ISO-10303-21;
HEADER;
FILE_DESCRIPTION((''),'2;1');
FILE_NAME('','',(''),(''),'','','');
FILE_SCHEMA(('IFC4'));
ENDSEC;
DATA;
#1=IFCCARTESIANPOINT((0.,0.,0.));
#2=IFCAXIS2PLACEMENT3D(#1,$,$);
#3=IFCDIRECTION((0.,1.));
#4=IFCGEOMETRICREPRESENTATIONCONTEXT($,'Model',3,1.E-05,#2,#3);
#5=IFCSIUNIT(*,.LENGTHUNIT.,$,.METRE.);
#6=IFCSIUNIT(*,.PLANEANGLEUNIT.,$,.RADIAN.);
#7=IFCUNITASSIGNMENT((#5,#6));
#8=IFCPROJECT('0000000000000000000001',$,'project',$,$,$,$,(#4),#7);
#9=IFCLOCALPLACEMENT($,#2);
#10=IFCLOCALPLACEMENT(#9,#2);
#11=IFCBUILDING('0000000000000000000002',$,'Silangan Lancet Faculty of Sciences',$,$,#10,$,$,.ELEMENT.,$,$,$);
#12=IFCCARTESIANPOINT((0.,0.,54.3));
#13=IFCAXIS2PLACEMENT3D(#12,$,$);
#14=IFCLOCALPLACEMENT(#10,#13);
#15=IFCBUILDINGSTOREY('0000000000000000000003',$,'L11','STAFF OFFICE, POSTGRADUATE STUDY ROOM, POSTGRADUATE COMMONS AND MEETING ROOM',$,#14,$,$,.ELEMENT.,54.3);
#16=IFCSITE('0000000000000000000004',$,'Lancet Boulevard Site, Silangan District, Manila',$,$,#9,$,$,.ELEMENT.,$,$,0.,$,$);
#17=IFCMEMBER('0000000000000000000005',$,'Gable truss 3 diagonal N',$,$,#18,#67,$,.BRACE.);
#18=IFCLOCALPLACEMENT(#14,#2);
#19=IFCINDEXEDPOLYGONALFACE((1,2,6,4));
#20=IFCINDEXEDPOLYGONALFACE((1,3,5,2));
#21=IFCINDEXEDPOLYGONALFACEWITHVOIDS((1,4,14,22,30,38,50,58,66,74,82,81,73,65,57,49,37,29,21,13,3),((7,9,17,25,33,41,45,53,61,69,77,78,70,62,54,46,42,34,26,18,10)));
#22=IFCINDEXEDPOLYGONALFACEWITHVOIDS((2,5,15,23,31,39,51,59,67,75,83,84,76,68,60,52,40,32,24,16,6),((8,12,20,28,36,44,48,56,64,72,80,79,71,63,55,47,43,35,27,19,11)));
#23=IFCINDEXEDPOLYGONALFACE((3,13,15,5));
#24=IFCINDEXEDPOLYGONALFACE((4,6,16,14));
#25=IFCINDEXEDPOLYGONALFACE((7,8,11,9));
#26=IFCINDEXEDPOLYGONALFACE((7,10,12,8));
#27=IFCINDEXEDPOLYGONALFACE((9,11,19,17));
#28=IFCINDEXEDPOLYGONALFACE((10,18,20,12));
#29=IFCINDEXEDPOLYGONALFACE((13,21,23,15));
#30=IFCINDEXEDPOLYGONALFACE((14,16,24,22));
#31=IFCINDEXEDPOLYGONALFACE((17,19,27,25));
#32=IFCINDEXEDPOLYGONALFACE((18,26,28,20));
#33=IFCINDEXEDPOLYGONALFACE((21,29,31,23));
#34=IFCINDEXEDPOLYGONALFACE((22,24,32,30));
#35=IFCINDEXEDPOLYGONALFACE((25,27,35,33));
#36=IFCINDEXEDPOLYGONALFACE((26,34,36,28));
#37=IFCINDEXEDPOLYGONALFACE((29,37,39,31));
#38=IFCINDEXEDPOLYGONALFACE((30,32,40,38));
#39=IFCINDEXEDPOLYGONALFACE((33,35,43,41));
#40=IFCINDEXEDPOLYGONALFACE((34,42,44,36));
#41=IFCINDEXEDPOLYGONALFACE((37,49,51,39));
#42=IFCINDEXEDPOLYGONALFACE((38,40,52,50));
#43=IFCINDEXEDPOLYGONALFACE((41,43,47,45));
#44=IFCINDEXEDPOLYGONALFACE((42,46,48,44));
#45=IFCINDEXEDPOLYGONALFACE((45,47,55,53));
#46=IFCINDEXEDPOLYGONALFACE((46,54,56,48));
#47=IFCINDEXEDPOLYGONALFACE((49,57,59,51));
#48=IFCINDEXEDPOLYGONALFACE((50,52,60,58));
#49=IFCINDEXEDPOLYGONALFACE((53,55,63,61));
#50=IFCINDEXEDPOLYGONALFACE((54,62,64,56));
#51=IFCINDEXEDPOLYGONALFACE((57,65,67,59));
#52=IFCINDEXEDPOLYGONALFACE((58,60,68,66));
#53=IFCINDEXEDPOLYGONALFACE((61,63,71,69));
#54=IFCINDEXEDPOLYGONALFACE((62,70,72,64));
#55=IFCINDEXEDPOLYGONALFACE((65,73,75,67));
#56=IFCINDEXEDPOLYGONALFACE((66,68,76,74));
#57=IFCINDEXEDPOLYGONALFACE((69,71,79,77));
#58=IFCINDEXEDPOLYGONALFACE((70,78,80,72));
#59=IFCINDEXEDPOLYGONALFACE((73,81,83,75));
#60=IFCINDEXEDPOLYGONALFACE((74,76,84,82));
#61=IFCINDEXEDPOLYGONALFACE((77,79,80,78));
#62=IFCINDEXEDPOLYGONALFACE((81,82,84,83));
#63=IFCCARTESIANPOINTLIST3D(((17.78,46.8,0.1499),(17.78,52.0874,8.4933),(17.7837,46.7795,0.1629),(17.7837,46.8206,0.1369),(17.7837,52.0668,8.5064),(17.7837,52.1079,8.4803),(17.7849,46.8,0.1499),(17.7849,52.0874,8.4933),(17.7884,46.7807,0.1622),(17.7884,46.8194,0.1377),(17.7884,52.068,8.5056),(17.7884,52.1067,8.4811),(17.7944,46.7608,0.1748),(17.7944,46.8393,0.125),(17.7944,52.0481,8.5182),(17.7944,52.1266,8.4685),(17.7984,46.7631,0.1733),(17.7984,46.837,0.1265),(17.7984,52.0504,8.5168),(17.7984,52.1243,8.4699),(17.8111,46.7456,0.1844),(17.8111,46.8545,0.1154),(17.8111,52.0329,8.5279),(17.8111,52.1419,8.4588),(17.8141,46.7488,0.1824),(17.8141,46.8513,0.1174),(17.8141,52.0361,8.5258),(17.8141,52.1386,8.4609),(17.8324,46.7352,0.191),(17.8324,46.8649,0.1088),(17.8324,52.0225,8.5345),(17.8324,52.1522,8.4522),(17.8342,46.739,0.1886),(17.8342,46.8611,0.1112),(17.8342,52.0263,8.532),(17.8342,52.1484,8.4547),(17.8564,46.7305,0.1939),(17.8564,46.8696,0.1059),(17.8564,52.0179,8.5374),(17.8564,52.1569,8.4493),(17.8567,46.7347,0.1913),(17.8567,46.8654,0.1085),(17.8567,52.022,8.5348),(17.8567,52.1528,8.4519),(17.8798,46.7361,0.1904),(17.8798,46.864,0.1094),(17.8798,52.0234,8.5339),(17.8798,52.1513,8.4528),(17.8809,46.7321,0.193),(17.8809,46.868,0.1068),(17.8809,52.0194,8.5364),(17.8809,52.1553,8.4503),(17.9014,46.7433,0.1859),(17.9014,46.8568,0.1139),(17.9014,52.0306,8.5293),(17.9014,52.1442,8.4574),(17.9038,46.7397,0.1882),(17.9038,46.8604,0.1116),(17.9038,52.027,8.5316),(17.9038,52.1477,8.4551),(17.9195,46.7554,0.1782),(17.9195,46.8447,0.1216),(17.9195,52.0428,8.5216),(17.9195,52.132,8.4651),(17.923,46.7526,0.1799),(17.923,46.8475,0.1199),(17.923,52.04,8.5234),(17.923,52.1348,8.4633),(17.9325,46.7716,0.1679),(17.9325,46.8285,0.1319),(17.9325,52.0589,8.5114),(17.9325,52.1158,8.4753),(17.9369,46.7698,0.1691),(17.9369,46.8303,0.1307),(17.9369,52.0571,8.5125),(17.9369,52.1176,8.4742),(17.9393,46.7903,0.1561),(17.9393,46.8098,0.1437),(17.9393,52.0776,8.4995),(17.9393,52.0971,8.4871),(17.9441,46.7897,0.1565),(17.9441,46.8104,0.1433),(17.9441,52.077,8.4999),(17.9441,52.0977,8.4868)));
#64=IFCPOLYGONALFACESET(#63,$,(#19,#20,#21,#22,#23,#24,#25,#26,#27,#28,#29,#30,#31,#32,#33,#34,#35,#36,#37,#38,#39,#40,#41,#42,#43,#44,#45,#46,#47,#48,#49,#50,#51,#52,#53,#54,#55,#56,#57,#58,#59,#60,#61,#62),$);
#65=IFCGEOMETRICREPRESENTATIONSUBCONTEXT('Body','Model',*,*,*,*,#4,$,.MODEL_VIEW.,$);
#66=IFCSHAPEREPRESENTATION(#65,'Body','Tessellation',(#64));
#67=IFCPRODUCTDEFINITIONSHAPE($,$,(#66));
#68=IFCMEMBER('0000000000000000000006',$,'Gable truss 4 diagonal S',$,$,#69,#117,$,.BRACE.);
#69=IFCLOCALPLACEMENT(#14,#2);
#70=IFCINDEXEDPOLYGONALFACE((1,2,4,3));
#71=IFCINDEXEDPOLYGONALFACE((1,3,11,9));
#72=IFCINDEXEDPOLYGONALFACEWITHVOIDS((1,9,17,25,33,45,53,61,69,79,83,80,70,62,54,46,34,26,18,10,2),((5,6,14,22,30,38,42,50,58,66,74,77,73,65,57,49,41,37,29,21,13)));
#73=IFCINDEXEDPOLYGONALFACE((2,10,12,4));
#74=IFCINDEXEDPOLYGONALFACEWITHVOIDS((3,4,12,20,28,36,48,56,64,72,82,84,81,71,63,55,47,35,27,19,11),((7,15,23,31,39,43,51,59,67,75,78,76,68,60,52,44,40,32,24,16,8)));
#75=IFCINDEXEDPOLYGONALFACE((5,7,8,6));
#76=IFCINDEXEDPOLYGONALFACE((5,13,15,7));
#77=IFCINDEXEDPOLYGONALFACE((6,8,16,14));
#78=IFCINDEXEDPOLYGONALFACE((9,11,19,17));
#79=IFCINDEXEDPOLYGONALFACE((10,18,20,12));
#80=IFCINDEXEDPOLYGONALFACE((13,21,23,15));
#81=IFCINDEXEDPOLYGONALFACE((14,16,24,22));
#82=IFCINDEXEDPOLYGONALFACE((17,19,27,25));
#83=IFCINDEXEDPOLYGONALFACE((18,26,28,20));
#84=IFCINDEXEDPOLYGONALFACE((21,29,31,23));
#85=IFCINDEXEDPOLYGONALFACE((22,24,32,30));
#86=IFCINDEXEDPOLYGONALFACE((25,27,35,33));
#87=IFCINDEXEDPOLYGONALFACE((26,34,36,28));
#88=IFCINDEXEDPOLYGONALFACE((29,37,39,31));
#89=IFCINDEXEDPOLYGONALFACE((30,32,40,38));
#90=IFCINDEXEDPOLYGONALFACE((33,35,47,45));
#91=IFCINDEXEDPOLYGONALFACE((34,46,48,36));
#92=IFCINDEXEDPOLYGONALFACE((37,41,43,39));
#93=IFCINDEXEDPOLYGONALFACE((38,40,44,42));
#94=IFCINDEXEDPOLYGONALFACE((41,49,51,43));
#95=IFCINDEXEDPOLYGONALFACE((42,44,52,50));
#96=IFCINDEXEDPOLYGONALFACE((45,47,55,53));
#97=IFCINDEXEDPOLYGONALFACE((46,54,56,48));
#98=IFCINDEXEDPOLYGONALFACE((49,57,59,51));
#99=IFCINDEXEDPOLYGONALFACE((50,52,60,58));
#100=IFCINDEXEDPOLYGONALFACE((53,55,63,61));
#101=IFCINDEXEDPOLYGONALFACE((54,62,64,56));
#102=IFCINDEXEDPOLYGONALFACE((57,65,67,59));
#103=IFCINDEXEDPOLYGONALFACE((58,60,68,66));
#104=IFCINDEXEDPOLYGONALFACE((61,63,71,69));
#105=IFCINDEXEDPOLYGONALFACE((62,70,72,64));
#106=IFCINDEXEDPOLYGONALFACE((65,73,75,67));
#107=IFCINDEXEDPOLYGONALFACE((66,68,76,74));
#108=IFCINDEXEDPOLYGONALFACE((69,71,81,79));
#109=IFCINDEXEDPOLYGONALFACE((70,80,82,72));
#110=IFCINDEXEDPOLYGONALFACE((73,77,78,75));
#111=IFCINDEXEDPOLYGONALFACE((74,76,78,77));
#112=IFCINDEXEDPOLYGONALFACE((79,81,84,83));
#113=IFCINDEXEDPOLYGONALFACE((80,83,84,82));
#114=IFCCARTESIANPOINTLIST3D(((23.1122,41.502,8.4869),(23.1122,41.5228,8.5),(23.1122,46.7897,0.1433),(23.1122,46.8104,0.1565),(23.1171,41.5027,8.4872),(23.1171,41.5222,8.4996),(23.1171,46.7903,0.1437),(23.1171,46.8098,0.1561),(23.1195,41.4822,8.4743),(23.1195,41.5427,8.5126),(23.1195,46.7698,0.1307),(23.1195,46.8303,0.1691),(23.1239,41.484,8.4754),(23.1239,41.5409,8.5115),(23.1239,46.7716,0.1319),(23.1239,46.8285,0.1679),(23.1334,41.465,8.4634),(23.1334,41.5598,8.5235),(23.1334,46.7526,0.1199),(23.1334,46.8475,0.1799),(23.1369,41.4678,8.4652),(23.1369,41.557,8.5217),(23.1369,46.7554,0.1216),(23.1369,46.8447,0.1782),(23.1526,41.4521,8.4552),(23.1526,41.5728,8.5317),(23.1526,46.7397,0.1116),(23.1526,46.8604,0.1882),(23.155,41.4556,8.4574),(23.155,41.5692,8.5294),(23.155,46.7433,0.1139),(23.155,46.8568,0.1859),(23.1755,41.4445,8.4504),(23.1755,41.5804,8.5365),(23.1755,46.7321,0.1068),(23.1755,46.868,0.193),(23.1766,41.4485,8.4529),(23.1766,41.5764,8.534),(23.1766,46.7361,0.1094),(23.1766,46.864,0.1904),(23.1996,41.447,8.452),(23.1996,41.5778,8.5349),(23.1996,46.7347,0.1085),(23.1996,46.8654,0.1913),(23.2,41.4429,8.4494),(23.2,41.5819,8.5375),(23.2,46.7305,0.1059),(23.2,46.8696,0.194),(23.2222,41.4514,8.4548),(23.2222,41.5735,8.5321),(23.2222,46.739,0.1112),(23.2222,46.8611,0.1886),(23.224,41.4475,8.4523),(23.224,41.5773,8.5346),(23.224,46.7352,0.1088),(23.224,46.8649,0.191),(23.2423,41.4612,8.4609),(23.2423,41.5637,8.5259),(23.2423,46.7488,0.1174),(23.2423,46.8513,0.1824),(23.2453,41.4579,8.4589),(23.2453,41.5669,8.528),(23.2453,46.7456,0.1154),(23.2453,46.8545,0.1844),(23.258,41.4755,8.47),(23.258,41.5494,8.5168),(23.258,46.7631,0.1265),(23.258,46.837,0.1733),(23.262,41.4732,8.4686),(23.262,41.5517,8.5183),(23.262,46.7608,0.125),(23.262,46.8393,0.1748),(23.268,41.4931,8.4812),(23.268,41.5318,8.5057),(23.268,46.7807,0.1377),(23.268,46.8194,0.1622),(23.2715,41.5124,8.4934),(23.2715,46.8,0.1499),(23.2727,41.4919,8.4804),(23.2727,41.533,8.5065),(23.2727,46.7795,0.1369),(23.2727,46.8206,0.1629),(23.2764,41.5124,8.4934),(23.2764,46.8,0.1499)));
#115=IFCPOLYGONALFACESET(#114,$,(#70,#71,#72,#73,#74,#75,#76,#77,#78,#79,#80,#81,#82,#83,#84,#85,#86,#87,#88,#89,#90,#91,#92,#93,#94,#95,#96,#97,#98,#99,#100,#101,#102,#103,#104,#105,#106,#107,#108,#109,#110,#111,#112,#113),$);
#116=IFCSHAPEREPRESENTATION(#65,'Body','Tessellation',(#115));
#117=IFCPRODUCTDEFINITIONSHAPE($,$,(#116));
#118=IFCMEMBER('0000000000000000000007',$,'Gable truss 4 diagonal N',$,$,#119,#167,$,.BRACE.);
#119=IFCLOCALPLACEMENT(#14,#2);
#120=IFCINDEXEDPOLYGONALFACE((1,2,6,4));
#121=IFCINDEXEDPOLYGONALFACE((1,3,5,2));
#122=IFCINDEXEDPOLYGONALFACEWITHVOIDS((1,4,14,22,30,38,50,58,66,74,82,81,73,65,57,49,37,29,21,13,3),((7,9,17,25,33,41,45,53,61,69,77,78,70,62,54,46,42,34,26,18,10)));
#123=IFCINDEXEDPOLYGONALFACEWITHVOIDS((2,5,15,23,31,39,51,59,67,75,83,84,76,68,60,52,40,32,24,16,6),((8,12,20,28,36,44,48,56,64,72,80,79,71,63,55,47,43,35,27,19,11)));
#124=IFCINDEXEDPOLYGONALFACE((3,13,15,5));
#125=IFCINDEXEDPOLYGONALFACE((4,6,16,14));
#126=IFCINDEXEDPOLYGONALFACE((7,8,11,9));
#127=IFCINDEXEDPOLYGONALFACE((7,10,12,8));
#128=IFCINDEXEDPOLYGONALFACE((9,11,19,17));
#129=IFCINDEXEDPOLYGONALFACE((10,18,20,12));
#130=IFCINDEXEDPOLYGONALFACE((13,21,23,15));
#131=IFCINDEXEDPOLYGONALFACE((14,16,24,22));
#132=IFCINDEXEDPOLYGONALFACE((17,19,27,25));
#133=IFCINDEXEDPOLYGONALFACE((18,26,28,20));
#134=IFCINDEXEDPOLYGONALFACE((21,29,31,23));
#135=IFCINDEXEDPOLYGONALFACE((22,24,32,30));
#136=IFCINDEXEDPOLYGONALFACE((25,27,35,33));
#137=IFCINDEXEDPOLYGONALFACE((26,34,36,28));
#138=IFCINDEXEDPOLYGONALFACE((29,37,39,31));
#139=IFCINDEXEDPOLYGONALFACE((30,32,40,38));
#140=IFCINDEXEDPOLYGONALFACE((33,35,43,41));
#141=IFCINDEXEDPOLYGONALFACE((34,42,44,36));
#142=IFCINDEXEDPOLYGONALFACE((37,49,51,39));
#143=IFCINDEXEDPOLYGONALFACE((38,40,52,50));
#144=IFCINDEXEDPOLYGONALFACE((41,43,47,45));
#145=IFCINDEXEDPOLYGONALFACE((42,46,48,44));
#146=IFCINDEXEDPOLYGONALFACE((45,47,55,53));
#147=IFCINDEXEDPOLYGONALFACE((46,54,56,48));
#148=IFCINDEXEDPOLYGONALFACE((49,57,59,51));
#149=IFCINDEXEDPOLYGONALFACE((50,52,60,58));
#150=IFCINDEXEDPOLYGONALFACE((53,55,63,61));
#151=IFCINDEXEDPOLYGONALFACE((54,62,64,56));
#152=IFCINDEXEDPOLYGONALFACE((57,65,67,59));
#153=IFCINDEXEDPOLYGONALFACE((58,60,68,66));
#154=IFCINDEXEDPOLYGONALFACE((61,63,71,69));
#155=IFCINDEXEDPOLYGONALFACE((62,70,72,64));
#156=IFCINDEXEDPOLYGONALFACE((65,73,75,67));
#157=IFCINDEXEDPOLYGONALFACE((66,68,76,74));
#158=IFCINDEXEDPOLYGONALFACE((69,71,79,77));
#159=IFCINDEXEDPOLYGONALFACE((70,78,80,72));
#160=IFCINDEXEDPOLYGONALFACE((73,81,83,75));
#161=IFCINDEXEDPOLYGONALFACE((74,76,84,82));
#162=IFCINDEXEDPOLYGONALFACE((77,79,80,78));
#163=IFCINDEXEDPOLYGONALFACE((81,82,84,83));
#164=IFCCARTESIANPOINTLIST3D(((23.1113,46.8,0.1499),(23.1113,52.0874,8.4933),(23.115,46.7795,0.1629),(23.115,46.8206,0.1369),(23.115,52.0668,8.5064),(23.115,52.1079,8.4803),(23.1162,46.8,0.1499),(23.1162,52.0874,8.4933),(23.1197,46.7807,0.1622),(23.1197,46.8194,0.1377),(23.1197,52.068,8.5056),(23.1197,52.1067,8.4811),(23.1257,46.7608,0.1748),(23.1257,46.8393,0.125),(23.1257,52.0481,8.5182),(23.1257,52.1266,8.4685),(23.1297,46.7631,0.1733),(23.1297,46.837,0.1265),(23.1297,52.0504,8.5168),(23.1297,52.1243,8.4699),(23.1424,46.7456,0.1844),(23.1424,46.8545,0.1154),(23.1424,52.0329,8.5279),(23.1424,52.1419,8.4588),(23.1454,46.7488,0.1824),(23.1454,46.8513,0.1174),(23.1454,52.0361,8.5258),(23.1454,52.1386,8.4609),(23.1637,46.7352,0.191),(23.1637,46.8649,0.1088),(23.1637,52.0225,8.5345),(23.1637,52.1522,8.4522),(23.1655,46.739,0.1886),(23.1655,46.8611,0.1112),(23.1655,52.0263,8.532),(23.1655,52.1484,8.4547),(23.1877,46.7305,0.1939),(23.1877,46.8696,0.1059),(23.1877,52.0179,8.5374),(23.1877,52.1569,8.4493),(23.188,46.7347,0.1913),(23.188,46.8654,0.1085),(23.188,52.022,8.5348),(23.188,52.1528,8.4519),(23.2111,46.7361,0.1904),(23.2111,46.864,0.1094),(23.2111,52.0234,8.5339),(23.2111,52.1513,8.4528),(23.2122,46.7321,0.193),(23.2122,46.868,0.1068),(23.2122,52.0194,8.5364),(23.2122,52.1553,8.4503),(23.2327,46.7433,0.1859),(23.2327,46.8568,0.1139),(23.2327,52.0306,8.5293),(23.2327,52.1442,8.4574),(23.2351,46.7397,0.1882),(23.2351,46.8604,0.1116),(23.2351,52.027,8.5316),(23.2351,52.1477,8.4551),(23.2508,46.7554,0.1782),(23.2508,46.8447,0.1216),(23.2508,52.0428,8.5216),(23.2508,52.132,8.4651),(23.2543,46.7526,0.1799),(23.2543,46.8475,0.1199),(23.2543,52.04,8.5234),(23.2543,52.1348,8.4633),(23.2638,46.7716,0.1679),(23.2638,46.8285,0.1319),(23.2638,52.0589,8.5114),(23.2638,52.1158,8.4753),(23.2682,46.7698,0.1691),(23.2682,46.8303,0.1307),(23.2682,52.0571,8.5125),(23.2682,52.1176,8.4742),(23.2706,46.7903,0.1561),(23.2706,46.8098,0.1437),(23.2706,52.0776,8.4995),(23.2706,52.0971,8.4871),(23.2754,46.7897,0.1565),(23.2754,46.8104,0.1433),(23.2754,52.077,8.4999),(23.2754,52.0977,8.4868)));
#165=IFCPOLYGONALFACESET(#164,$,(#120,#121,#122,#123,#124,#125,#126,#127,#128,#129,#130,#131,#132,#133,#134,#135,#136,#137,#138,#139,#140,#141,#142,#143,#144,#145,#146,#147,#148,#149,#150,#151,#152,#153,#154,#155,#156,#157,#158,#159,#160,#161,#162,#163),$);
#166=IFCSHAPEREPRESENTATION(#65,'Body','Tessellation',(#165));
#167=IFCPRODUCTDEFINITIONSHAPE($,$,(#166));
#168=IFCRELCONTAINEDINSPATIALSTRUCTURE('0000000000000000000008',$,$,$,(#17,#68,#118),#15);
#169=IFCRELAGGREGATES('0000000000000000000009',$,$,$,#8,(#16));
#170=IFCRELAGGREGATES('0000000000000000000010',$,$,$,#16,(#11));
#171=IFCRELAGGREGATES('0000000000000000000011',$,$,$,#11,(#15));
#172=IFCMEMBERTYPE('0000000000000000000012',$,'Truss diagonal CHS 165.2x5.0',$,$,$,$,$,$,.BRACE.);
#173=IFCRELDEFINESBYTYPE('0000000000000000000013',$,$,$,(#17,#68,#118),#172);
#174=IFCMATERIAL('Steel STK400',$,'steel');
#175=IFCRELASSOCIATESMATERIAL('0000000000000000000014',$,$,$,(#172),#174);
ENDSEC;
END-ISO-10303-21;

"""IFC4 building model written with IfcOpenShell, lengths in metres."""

from ifc_helpers import new_model, si_unit, direction, frame, origin, origin_2d, place, context, subcontext, project, spatial, hollow_circle, extrude, material, material_profile, profile_set, type_object, element, save


model = new_model("IFC4")

# Units and contexts
model_context = context("Model", 3, precision=1e-05, world=origin(), true_north=direction((0.0, 1.0)))
body_context = subcontext(model_context, "Body", "Model", "MODEL_VIEW")
ifc_project = project(units=[si_unit("LENGTHUNIT", "METRE"), si_unit("PLANEANGLEUNIT", "RADIAN")], contexts=[model_context])

# Site, building, storey
site_placement = place(None, origin())
site = spatial("IfcSite", under=ifc_project, at=site_placement, Name="Lancet Boulevard Site, Silangan District, Manila", CompositionType="ELEMENT", RefElevation=0.0)
building_placement = place(site_placement, origin())
building = spatial("IfcBuilding", under=site, at=building_placement, Name="Silangan Lancet Faculty of Sciences", CompositionType="ELEMENT")
storey_placement = place(building_placement, frame((0.0, 0.0, 54.3)))
storey = spatial("IfcBuildingStorey", under=building, at=storey_placement, Name="L11", Description="STAFF OFFICE, POSTGRADUATE STUDY ROOM, POSTGRADUATE COMMONS AND MEETING ROOM", CompositionType="ELEMENT", Elevation=54.3)

# Members
ifc_material_1 = material(Name="Steel STK400", Category="steel")
ifc_material_profile_1 = material_profile(ifc_material_1, hollow_circle(Radius=0.0825, WallThickness=0.0049, at=origin_2d()), Name="CHS 165.2x5.0")
ifc_profile_set_1 = profile_set([ifc_material_profile_1], Name="Steel STK400")
member_type_1 = type_object("IfcMemberType", Name="Truss diagonal CHS 165.2x5.0", PredefinedType="BRACE", material=ifc_profile_set_1)
member_1_placement = place(storey_placement, frame((17.8625, 46.8, 0.1499), z_axis=(0.0, 0.535278, 0.844676), x_axis=(-1.0, 0.0, 0.0)))
element("IfcMember", 1, at=member_1_placement, inside=storey, type_object=member_type_1, Name="Gable truss 3 diagonal N", PredefinedType="BRACE", context=body_context, shape_type="SweptSolid", body=[
    extrude(hollow_circle(Radius=0.0825, WallThickness=0.0049, at=origin_2d()), origin(), (0.0, 0.0, 1.0), 9.8777),
])
member_2_placement = place(storey_placement, frame((23.1938, 46.8, 0.1499), z_axis=(0.0, -0.535296, 0.844664), x_axis=(1.0, 0.0, 0.0)))
element("IfcMember", 2, at=member_2_placement, inside=storey, type_object=member_type_1, Name="Gable truss 4 diagonal S", PredefinedType="BRACE", context=body_context, shape_type="SweptSolid", body=[
    extrude(hollow_circle(Radius=0.0825, WallThickness=0.0049, at=origin_2d()), origin(), (0.0, 0.0, 1.0), 9.8779),
])
member_3_placement = place(storey_placement, frame((23.1938, 46.8, 0.1499), z_axis=(0.0, 0.535278, 0.844676), x_axis=(-1.0, 0.0, 0.0)))
element("IfcMember", 3, at=member_3_placement, inside=storey, type_object=member_type_1, Name="Gable truss 4 diagonal N", PredefinedType="BRACE", context=body_context, shape_type="SweptSolid", body=[
    extrude(hollow_circle(Radius=0.0825, WallThickness=0.0049, at=origin_2d()), origin(), (0.0, 0.0, 1.0), 9.8777),
])

save(model, "model.ifc")
